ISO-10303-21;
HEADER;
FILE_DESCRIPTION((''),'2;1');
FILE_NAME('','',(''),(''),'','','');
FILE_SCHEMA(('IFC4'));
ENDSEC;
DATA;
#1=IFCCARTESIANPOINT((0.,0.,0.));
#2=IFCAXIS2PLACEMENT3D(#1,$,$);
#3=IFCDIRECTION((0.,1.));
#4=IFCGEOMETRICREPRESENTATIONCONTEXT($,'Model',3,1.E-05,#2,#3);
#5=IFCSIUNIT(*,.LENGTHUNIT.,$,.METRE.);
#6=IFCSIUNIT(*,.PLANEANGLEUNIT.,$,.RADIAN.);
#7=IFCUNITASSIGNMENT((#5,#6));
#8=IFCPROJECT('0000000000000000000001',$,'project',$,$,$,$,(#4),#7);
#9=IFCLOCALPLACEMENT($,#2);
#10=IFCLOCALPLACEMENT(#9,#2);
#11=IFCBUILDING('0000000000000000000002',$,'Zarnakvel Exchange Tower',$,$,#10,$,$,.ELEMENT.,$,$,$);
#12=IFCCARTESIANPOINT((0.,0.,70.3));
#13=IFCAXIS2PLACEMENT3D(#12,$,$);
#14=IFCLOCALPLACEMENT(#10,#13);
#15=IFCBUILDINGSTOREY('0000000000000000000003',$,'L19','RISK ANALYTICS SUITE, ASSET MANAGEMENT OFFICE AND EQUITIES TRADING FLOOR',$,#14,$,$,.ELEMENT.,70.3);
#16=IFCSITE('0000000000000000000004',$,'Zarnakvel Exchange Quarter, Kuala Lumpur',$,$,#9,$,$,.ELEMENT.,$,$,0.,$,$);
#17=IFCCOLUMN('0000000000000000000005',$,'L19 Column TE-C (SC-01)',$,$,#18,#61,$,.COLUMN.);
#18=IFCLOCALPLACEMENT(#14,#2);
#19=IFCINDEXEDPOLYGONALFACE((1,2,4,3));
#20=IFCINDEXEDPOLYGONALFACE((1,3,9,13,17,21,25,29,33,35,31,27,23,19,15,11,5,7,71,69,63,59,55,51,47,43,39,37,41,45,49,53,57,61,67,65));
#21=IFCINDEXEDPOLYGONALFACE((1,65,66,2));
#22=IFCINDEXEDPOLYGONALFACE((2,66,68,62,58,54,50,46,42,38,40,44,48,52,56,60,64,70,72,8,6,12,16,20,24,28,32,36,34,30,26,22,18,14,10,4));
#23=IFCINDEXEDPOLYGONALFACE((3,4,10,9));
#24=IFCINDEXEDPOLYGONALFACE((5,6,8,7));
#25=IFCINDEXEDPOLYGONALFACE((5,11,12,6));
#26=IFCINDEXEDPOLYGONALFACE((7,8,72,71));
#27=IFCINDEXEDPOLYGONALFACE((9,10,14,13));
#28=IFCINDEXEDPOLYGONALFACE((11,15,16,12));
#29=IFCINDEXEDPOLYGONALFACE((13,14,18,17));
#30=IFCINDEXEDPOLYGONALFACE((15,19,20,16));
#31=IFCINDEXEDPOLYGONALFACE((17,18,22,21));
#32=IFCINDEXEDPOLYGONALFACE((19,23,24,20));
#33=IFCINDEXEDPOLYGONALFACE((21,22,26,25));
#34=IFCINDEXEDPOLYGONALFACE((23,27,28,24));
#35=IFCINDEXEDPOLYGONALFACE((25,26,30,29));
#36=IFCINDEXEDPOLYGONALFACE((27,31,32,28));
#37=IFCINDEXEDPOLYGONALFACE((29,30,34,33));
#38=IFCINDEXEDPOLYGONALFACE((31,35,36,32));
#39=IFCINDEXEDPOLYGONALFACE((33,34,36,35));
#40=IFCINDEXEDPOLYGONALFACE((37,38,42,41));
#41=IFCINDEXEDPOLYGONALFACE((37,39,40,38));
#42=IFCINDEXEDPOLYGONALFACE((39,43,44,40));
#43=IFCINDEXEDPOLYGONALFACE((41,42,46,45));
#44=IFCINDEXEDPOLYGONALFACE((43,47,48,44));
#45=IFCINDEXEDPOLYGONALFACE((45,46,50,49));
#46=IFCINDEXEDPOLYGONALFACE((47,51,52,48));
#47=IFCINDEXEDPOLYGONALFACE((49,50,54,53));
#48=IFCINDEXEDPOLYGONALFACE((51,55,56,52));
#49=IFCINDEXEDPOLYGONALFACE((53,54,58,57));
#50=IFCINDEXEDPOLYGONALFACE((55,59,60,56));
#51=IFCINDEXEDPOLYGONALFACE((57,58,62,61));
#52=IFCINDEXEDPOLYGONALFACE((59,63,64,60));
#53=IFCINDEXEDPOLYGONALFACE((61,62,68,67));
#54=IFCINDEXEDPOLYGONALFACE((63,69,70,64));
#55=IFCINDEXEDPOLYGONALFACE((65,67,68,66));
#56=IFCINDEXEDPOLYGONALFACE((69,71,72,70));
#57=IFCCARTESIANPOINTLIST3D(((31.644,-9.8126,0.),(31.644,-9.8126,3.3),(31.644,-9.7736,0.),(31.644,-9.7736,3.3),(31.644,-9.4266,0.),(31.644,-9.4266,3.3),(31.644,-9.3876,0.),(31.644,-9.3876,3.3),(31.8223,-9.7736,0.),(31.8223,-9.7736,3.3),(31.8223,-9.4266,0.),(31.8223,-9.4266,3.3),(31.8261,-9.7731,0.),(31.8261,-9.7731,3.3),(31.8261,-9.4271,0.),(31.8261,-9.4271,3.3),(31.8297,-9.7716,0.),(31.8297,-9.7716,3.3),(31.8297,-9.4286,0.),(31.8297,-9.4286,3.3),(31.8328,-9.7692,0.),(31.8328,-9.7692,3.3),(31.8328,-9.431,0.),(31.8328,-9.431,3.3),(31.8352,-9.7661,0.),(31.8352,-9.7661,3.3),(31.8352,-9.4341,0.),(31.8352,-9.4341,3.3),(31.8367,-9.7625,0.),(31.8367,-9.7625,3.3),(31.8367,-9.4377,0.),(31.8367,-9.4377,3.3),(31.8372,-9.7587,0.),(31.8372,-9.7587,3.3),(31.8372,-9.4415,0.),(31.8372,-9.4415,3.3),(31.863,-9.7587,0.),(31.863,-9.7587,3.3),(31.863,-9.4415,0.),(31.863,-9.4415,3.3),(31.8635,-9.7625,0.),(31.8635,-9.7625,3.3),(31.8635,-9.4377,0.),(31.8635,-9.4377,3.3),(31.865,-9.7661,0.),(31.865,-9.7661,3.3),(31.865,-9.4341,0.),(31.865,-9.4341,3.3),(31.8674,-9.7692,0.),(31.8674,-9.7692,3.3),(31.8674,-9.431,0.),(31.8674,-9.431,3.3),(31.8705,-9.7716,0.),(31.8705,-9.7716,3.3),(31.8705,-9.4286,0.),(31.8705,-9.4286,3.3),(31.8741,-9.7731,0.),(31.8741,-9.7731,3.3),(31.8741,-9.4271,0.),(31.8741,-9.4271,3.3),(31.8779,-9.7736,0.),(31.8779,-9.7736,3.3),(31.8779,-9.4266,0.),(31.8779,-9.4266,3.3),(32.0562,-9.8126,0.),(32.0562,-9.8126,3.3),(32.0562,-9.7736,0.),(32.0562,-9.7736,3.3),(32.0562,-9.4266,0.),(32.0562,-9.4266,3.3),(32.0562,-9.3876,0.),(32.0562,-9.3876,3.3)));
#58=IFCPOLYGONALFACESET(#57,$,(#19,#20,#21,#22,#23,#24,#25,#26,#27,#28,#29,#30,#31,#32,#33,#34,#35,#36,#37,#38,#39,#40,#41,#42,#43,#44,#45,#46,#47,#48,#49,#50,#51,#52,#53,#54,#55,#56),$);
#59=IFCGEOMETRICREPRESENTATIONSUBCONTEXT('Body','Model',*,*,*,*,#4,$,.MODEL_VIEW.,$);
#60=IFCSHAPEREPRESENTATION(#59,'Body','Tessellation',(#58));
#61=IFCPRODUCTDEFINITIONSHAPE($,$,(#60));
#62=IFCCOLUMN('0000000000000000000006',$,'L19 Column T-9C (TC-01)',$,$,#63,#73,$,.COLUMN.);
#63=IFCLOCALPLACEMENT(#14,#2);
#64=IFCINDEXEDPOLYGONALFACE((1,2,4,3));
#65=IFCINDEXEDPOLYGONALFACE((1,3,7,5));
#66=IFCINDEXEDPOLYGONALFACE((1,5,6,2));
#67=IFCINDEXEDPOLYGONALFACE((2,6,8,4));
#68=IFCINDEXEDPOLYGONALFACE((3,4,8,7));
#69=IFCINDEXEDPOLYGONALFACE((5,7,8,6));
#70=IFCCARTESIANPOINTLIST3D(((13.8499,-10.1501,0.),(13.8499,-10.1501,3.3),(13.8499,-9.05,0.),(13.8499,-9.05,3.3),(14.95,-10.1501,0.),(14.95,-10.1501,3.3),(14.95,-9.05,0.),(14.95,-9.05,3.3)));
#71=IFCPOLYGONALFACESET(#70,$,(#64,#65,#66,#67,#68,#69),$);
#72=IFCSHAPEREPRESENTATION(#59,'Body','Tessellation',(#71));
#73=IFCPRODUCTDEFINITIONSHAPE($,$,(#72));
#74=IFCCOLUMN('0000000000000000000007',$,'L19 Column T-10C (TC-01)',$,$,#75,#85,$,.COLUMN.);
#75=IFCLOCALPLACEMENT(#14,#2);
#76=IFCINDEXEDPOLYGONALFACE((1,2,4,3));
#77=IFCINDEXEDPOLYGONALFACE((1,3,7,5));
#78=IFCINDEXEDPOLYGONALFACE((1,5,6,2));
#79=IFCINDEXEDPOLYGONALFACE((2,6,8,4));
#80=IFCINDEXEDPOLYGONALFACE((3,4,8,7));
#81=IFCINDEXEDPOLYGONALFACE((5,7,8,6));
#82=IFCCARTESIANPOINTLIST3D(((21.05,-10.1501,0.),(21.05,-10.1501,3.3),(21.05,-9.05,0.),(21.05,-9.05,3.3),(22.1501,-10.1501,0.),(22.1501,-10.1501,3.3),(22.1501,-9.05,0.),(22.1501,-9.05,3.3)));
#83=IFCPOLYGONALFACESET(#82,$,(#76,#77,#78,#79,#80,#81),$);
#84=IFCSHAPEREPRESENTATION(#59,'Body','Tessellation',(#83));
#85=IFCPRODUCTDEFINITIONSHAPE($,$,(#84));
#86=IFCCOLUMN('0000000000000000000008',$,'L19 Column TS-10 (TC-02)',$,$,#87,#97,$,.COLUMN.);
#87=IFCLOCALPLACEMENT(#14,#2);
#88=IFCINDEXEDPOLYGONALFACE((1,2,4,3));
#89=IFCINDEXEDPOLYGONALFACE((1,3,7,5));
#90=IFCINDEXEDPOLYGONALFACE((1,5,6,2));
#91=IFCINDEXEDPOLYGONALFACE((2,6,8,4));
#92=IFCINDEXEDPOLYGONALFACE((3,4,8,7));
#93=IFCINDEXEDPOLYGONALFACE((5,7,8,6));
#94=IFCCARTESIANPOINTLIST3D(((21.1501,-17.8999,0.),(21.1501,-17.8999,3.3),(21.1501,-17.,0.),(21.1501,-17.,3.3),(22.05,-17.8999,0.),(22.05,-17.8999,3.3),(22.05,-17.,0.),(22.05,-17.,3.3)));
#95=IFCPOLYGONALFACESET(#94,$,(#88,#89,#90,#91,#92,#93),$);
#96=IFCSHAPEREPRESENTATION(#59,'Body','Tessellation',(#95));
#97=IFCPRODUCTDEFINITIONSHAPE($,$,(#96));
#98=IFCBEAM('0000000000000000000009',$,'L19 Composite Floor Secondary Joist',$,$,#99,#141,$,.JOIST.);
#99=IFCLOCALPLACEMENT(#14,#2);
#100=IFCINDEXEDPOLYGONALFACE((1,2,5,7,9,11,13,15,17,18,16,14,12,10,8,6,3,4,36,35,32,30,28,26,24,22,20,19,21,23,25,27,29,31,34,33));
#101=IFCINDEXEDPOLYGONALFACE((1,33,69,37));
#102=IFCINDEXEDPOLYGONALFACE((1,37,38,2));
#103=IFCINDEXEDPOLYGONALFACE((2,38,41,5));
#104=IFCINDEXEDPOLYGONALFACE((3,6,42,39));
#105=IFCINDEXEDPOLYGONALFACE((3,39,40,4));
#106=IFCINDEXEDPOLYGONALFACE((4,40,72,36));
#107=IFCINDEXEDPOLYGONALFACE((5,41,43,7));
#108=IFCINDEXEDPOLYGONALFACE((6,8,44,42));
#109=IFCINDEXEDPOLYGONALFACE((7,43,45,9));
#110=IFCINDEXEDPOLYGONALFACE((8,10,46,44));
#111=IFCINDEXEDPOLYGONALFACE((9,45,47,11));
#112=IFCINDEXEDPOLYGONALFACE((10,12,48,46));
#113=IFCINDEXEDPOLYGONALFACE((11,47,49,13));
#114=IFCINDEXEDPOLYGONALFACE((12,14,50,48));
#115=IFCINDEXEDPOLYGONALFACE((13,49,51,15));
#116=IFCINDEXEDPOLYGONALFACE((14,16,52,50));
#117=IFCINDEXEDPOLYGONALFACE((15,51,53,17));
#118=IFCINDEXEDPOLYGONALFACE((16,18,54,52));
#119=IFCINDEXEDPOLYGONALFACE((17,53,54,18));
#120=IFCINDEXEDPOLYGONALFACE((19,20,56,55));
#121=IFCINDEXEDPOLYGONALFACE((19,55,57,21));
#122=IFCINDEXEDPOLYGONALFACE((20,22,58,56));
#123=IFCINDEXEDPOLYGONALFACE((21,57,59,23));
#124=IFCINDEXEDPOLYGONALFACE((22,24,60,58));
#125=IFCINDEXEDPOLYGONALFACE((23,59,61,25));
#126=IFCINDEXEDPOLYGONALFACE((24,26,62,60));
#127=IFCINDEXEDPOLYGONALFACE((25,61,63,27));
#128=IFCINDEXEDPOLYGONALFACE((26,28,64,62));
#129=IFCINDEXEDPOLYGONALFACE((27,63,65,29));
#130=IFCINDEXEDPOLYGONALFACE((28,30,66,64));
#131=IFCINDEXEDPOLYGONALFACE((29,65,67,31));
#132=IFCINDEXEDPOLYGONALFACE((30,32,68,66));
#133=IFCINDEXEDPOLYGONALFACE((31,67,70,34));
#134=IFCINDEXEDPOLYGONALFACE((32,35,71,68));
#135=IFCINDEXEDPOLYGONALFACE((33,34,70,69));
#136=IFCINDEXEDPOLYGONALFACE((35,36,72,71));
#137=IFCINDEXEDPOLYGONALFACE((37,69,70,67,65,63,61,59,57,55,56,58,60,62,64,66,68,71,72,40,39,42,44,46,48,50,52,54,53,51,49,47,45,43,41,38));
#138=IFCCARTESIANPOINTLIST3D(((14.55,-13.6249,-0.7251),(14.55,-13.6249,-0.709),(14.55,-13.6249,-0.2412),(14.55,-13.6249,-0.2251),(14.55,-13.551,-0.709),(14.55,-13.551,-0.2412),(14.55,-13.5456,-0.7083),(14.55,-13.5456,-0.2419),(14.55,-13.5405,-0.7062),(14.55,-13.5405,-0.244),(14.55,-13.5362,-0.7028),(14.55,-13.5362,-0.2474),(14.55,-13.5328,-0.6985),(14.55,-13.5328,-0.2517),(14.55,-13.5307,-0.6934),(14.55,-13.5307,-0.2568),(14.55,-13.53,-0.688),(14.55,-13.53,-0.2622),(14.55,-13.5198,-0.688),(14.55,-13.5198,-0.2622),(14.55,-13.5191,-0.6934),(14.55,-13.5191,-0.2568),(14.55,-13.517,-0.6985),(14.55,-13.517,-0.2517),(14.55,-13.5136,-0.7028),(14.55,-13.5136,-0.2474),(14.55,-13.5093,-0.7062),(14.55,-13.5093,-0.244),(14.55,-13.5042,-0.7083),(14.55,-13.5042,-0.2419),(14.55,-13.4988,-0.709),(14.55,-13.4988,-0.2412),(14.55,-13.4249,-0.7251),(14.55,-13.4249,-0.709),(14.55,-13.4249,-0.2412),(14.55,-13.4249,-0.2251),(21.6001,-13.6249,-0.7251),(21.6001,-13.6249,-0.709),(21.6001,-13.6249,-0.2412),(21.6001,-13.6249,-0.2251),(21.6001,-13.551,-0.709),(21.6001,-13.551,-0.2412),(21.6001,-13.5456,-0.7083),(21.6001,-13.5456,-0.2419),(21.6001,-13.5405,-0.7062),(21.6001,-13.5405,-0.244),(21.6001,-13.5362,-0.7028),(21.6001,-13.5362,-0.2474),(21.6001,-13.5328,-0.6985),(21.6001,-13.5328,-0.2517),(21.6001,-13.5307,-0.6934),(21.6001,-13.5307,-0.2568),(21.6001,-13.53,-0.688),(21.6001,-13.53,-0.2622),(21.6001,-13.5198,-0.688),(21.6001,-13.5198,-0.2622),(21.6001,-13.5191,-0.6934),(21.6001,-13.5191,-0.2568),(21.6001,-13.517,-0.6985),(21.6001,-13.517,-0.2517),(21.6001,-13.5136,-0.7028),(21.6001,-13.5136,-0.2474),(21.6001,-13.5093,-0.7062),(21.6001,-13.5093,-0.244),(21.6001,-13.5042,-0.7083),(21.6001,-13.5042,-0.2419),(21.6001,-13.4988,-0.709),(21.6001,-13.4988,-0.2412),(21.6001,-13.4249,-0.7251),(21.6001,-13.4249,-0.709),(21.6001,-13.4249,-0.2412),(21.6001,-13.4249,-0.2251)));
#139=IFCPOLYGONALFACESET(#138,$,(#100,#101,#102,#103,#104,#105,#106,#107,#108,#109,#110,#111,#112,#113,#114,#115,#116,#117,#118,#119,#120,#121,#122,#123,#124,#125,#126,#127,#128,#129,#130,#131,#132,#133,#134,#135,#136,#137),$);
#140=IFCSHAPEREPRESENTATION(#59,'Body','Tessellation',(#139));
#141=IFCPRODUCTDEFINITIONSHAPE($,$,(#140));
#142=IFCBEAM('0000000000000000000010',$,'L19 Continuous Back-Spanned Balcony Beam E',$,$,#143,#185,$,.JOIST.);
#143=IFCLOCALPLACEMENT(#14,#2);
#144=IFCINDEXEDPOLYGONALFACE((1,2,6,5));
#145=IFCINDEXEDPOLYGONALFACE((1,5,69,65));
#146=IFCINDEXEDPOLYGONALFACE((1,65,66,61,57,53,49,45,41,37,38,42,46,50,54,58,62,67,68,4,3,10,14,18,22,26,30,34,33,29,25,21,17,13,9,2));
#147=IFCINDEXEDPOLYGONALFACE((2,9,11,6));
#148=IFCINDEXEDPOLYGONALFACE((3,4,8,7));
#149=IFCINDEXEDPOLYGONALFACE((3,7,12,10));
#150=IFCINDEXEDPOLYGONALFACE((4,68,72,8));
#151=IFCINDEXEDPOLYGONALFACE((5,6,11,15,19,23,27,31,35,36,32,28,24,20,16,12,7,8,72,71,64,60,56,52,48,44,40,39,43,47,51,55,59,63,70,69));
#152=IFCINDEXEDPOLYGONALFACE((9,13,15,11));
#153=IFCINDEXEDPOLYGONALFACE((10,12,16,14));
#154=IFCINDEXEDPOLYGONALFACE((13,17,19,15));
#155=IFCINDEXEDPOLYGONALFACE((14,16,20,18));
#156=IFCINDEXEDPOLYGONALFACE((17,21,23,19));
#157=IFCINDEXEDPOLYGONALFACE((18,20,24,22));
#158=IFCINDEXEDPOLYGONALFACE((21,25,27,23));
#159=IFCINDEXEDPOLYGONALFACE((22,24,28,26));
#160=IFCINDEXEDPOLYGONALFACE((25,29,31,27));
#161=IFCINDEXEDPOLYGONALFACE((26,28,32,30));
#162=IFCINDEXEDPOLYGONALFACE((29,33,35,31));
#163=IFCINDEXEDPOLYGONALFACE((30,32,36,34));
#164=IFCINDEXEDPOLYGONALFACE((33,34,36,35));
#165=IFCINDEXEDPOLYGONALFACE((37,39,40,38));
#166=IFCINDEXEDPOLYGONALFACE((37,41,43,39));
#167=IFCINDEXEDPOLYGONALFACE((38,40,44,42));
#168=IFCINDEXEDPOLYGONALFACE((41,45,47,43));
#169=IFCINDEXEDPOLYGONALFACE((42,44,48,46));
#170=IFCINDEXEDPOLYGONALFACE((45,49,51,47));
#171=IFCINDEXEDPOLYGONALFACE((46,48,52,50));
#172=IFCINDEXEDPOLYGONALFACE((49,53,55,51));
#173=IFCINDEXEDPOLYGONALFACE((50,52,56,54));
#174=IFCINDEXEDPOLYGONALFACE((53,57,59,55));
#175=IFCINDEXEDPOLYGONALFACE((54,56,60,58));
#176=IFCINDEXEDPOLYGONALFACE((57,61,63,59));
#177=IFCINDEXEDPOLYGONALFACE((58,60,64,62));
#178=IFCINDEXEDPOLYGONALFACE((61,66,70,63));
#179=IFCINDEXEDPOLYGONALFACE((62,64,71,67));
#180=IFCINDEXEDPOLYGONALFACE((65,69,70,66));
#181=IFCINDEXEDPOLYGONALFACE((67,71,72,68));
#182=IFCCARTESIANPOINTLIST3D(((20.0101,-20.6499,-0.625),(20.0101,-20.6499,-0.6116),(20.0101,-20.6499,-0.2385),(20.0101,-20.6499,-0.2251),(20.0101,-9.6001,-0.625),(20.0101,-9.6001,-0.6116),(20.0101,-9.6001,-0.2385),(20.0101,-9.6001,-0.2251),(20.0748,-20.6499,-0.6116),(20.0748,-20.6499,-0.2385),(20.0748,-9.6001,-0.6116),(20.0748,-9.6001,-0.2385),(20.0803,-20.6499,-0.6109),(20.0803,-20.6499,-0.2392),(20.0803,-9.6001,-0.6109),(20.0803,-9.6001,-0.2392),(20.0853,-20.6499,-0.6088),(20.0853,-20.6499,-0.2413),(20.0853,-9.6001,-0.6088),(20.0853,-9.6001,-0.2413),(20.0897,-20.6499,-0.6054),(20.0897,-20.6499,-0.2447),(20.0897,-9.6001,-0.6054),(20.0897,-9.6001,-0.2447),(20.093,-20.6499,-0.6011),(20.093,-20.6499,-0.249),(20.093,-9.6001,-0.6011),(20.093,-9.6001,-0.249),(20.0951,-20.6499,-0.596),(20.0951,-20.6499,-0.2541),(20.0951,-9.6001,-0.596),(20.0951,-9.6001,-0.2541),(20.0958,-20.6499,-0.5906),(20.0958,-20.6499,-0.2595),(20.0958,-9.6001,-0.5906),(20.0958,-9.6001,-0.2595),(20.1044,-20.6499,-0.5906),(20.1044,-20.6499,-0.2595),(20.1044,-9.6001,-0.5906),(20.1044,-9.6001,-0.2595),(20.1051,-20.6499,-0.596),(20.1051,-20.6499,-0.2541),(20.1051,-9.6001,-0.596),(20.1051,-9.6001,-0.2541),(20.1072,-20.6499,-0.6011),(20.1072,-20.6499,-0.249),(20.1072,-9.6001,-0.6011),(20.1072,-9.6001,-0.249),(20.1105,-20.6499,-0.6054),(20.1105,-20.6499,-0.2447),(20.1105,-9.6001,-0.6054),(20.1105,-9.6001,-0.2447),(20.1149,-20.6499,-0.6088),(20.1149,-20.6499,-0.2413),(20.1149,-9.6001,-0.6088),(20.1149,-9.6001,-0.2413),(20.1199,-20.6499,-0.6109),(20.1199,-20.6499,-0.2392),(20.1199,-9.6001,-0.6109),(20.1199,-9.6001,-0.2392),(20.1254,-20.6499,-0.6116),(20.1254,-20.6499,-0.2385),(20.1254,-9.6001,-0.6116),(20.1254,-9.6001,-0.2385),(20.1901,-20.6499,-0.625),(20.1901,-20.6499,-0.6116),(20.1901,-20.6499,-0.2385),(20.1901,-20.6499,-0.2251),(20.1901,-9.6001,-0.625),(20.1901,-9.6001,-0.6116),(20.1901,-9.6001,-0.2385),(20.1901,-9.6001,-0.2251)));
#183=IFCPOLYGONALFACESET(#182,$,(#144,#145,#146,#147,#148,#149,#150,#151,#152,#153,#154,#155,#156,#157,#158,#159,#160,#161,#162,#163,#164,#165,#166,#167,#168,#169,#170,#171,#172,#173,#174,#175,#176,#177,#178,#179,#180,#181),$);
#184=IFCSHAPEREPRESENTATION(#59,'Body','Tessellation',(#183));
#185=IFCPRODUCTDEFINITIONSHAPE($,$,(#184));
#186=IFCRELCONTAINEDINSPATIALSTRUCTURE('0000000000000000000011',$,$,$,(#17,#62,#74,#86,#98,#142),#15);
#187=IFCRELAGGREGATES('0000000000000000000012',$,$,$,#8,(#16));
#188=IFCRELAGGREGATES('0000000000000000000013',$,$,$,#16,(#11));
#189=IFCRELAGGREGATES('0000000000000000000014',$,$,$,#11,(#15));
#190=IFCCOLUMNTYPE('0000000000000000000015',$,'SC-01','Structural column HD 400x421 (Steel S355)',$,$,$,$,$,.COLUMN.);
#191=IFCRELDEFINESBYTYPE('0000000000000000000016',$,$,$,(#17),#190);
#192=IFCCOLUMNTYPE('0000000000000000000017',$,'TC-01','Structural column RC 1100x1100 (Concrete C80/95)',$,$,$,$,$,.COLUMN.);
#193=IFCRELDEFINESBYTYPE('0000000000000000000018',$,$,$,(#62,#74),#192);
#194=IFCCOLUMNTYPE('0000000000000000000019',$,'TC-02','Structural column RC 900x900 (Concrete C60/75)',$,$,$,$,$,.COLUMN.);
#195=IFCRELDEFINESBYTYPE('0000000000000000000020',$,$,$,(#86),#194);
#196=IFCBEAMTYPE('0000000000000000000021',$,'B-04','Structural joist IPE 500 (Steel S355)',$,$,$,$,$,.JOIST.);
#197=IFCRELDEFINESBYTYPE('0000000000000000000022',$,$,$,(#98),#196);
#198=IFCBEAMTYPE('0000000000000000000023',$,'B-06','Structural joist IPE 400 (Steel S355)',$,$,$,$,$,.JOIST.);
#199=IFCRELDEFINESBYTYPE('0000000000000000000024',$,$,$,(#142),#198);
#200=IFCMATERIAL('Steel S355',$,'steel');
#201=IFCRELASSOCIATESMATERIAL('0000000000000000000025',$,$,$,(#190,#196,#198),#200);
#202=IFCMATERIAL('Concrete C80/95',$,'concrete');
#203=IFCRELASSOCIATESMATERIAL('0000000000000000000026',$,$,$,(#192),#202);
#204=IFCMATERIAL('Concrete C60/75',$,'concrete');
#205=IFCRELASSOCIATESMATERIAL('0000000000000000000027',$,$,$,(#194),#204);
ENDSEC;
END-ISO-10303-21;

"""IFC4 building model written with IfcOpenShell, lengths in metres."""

from ifc_helpers import new_model, si_unit, direction, frame, origin, origin_2d, place, context, subcontext, project, spatial, rectangle, i_section, extrude, material, material_profile, profile_set, type_object, element, save


model = new_model("IFC4")

# Units and contexts
model_context = context("Model", 3, precision=1e-05, world=origin(), true_north=direction((0.0, 1.0)))
body_context = subcontext(model_context, "Body", "Model", "MODEL_VIEW")
ifc_project = project(units=[si_unit("LENGTHUNIT", "METRE"), si_unit("PLANEANGLEUNIT", "RADIAN")], contexts=[model_context])

# Site, building, storey
site_placement = place(None, origin())
site = spatial("IfcSite", under=ifc_project, at=site_placement, Name="Zarnakvel Exchange Quarter, Kuala Lumpur", CompositionType="ELEMENT", RefElevation=0.0)
building_placement = place(site_placement, origin())
building = spatial("IfcBuilding", under=site, at=building_placement, Name="Zarnakvel Exchange Tower", CompositionType="ELEMENT")
storey_placement = place(building_placement, frame((0.0, 0.0, 70.3)))
storey = spatial("IfcBuildingStorey", under=building, at=storey_placement, Name="L19", Description="RISK ANALYTICS SUITE, ASSET MANAGEMENT OFFICE AND EQUITIES TRADING FLOOR", CompositionType="ELEMENT", Elevation=70.3)

# Columns
ifc_material_1 = material(Name="Steel S355", Category="steel")
ifc_material_profile_1 = material_profile(ifc_material_1, i_section(OverallWidth=0.4121, OverallDepth=0.425, WebThickness=0.0259, FlangeThickness=0.0391, FilletRadius=0.0149, at=origin_2d()))
ifc_profile_set_1 = profile_set([ifc_material_profile_1], Name="Steel S355")
column_type_1 = type_object("IfcColumnType", Name="SC-01", Description="Structural column HD 400x421 (Steel S355)", PredefinedType="COLUMN", material=ifc_profile_set_1)
column_1_placement = place(storey_placement, frame((31.8501, -9.6001, 0.0), z_axis=(0.0, 0.0, 1.0), x_axis=(1.0, 0.0, 0.0)))
element("IfcColumn", 1, at=column_1_placement, inside=storey, type_object=column_type_1, Name="L19 Column TE-C (SC-01)", PredefinedType="COLUMN", context=body_context, shape_type="SweptSolid", body=[
    extrude(i_section(OverallWidth=0.4121, OverallDepth=0.425, WebThickness=0.0259, FlangeThickness=0.0391, FilletRadius=0.0149, at=origin_2d()), origin(), (0.0, 0.0, 1.0), 3.3),
])
ifc_material_2 = material(Name="Concrete C80/95", Category="concrete")
ifc_material_profile_2 = material_profile(ifc_material_2, rectangle(XDim=1.1001, YDim=1.1001, at=origin_2d()))
ifc_profile_set_2 = profile_set([ifc_material_profile_2], Name="Concrete C80/95")
column_type_2 = type_object("IfcColumnType", Name="TC-01", Description="Structural column RC 1100x1100 (Concrete C80/95)", PredefinedType="COLUMN", material=ifc_profile_set_2)
for number, where, z_axis, x_axis, name in (
    (2, (14.3999, -9.6001, 0.0), (0.0, 0.0, 1.0), (1.0, 0.0, 0.0), "L19 Column T-9C (TC-01)"),
    (3, (21.6001, -9.6001, 0.0), (0.0, 0.0, 1.0), (1.0, 0.0, 0.0), "L19 Column T-10C (TC-01)"),
):
    element("IfcColumn", number, at=place(storey_placement, frame(where, z_axis=z_axis, x_axis=x_axis)), inside=storey, type_object=column_type_2, Name=name, PredefinedType="COLUMN", context=body_context, shape_type="SweptSolid", body=[
        extrude(rectangle(XDim=1.1001, YDim=1.1001, at=origin_2d()), origin(), (0.0, 0.0, 1.0), 3.3),
    ])
ifc_material_3 = material(Name="Concrete C60/75", Category="concrete")
ifc_material_profile_3 = material_profile(ifc_material_3, rectangle(XDim=0.8999, YDim=0.8999, at=origin_2d()))
ifc_profile_set_3 = profile_set([ifc_material_profile_3], Name="Concrete C60/75")
column_type_3 = type_object("IfcColumnType", Name="TC-02", Description="Structural column RC 900x900 (Concrete C60/75)", PredefinedType="COLUMN", material=ifc_profile_set_3)
column_2_placement = place(storey_placement, frame((21.6001, -17.45, 0.0), z_axis=(0.0, 0.0, 1.0), x_axis=(1.0, 0.0, 0.0)))
element("IfcColumn", 4, at=column_2_placement, inside=storey, type_object=column_type_3, Name="L19 Column TS-10 (TC-02)", PredefinedType="COLUMN", context=body_context, shape_type="SweptSolid", body=[
    extrude(rectangle(XDim=0.8999, YDim=0.8999, at=origin_2d()), origin(), (0.0, 0.0, 1.0), 3.3),
])

# Beams
ifc_material_profile_4 = material_profile(ifc_material_1, i_section(OverallWidth=0.2, OverallDepth=0.5, WebThickness=0.0103, FlangeThickness=0.0161, FilletRadius=0.021, at=origin_2d()))
ifc_profile_set_4 = profile_set([ifc_material_profile_4], Name="Steel S355")
beam_type_1 = type_object("IfcBeamType", Name="B-04", Description="Structural joist IPE 500 (Steel S355)", PredefinedType="JOIST", material=ifc_profile_set_4)
beam_1_placement = place(storey_placement, frame((14.55, -13.5249, -0.4751), z_axis=(1.0, 0.0, 0.0), x_axis=(0.0, 1.0, 0.0)))
element("IfcBeam", 5, at=beam_1_placement, inside=storey, type_object=beam_type_1, Name="L19 Composite Floor Secondary Joist", PredefinedType="JOIST", context=body_context, shape_type="SweptSolid", body=[
    extrude(i_section(OverallWidth=0.2, OverallDepth=0.5, WebThickness=0.0103, FlangeThickness=0.0161, FilletRadius=0.021, at=origin_2d()), origin(), (0.0, 0.0, 1.0), 7.05),
])
ifc_material_profile_5 = material_profile(ifc_material_1, i_section(OverallWidth=0.1799, OverallDepth=0.3999, WebThickness=0.0085, FlangeThickness=0.0134, FilletRadius=0.021, at=origin_2d()))
ifc_profile_set_5 = profile_set([ifc_material_profile_5], Name="Steel S355")
beam_type_2 = type_object("IfcBeamType", Name="B-06", Description="Structural joist IPE 400 (Steel S355)", PredefinedType="JOIST", material=ifc_profile_set_5)
beam_2_placement = place(storey_placement, frame((20.1001, -9.6001, -0.425), z_axis=(0.0, -1.0, 0.0), x_axis=(1.0, 0.0, 0.0)))
element("IfcBeam", 6, at=beam_2_placement, inside=storey, type_object=beam_type_2, Name="L19 Continuous Back-Spanned Balcony Beam E", PredefinedType="JOIST", context=body_context, shape_type="SweptSolid", body=[
    extrude(i_section(OverallWidth=0.1799, OverallDepth=0.3999, WebThickness=0.0085, FlangeThickness=0.0134, FilletRadius=0.021, at=origin_2d()), origin(), (0.0, 0.0, 1.0), 11.0498),
])

save(model, "model.ifc")
